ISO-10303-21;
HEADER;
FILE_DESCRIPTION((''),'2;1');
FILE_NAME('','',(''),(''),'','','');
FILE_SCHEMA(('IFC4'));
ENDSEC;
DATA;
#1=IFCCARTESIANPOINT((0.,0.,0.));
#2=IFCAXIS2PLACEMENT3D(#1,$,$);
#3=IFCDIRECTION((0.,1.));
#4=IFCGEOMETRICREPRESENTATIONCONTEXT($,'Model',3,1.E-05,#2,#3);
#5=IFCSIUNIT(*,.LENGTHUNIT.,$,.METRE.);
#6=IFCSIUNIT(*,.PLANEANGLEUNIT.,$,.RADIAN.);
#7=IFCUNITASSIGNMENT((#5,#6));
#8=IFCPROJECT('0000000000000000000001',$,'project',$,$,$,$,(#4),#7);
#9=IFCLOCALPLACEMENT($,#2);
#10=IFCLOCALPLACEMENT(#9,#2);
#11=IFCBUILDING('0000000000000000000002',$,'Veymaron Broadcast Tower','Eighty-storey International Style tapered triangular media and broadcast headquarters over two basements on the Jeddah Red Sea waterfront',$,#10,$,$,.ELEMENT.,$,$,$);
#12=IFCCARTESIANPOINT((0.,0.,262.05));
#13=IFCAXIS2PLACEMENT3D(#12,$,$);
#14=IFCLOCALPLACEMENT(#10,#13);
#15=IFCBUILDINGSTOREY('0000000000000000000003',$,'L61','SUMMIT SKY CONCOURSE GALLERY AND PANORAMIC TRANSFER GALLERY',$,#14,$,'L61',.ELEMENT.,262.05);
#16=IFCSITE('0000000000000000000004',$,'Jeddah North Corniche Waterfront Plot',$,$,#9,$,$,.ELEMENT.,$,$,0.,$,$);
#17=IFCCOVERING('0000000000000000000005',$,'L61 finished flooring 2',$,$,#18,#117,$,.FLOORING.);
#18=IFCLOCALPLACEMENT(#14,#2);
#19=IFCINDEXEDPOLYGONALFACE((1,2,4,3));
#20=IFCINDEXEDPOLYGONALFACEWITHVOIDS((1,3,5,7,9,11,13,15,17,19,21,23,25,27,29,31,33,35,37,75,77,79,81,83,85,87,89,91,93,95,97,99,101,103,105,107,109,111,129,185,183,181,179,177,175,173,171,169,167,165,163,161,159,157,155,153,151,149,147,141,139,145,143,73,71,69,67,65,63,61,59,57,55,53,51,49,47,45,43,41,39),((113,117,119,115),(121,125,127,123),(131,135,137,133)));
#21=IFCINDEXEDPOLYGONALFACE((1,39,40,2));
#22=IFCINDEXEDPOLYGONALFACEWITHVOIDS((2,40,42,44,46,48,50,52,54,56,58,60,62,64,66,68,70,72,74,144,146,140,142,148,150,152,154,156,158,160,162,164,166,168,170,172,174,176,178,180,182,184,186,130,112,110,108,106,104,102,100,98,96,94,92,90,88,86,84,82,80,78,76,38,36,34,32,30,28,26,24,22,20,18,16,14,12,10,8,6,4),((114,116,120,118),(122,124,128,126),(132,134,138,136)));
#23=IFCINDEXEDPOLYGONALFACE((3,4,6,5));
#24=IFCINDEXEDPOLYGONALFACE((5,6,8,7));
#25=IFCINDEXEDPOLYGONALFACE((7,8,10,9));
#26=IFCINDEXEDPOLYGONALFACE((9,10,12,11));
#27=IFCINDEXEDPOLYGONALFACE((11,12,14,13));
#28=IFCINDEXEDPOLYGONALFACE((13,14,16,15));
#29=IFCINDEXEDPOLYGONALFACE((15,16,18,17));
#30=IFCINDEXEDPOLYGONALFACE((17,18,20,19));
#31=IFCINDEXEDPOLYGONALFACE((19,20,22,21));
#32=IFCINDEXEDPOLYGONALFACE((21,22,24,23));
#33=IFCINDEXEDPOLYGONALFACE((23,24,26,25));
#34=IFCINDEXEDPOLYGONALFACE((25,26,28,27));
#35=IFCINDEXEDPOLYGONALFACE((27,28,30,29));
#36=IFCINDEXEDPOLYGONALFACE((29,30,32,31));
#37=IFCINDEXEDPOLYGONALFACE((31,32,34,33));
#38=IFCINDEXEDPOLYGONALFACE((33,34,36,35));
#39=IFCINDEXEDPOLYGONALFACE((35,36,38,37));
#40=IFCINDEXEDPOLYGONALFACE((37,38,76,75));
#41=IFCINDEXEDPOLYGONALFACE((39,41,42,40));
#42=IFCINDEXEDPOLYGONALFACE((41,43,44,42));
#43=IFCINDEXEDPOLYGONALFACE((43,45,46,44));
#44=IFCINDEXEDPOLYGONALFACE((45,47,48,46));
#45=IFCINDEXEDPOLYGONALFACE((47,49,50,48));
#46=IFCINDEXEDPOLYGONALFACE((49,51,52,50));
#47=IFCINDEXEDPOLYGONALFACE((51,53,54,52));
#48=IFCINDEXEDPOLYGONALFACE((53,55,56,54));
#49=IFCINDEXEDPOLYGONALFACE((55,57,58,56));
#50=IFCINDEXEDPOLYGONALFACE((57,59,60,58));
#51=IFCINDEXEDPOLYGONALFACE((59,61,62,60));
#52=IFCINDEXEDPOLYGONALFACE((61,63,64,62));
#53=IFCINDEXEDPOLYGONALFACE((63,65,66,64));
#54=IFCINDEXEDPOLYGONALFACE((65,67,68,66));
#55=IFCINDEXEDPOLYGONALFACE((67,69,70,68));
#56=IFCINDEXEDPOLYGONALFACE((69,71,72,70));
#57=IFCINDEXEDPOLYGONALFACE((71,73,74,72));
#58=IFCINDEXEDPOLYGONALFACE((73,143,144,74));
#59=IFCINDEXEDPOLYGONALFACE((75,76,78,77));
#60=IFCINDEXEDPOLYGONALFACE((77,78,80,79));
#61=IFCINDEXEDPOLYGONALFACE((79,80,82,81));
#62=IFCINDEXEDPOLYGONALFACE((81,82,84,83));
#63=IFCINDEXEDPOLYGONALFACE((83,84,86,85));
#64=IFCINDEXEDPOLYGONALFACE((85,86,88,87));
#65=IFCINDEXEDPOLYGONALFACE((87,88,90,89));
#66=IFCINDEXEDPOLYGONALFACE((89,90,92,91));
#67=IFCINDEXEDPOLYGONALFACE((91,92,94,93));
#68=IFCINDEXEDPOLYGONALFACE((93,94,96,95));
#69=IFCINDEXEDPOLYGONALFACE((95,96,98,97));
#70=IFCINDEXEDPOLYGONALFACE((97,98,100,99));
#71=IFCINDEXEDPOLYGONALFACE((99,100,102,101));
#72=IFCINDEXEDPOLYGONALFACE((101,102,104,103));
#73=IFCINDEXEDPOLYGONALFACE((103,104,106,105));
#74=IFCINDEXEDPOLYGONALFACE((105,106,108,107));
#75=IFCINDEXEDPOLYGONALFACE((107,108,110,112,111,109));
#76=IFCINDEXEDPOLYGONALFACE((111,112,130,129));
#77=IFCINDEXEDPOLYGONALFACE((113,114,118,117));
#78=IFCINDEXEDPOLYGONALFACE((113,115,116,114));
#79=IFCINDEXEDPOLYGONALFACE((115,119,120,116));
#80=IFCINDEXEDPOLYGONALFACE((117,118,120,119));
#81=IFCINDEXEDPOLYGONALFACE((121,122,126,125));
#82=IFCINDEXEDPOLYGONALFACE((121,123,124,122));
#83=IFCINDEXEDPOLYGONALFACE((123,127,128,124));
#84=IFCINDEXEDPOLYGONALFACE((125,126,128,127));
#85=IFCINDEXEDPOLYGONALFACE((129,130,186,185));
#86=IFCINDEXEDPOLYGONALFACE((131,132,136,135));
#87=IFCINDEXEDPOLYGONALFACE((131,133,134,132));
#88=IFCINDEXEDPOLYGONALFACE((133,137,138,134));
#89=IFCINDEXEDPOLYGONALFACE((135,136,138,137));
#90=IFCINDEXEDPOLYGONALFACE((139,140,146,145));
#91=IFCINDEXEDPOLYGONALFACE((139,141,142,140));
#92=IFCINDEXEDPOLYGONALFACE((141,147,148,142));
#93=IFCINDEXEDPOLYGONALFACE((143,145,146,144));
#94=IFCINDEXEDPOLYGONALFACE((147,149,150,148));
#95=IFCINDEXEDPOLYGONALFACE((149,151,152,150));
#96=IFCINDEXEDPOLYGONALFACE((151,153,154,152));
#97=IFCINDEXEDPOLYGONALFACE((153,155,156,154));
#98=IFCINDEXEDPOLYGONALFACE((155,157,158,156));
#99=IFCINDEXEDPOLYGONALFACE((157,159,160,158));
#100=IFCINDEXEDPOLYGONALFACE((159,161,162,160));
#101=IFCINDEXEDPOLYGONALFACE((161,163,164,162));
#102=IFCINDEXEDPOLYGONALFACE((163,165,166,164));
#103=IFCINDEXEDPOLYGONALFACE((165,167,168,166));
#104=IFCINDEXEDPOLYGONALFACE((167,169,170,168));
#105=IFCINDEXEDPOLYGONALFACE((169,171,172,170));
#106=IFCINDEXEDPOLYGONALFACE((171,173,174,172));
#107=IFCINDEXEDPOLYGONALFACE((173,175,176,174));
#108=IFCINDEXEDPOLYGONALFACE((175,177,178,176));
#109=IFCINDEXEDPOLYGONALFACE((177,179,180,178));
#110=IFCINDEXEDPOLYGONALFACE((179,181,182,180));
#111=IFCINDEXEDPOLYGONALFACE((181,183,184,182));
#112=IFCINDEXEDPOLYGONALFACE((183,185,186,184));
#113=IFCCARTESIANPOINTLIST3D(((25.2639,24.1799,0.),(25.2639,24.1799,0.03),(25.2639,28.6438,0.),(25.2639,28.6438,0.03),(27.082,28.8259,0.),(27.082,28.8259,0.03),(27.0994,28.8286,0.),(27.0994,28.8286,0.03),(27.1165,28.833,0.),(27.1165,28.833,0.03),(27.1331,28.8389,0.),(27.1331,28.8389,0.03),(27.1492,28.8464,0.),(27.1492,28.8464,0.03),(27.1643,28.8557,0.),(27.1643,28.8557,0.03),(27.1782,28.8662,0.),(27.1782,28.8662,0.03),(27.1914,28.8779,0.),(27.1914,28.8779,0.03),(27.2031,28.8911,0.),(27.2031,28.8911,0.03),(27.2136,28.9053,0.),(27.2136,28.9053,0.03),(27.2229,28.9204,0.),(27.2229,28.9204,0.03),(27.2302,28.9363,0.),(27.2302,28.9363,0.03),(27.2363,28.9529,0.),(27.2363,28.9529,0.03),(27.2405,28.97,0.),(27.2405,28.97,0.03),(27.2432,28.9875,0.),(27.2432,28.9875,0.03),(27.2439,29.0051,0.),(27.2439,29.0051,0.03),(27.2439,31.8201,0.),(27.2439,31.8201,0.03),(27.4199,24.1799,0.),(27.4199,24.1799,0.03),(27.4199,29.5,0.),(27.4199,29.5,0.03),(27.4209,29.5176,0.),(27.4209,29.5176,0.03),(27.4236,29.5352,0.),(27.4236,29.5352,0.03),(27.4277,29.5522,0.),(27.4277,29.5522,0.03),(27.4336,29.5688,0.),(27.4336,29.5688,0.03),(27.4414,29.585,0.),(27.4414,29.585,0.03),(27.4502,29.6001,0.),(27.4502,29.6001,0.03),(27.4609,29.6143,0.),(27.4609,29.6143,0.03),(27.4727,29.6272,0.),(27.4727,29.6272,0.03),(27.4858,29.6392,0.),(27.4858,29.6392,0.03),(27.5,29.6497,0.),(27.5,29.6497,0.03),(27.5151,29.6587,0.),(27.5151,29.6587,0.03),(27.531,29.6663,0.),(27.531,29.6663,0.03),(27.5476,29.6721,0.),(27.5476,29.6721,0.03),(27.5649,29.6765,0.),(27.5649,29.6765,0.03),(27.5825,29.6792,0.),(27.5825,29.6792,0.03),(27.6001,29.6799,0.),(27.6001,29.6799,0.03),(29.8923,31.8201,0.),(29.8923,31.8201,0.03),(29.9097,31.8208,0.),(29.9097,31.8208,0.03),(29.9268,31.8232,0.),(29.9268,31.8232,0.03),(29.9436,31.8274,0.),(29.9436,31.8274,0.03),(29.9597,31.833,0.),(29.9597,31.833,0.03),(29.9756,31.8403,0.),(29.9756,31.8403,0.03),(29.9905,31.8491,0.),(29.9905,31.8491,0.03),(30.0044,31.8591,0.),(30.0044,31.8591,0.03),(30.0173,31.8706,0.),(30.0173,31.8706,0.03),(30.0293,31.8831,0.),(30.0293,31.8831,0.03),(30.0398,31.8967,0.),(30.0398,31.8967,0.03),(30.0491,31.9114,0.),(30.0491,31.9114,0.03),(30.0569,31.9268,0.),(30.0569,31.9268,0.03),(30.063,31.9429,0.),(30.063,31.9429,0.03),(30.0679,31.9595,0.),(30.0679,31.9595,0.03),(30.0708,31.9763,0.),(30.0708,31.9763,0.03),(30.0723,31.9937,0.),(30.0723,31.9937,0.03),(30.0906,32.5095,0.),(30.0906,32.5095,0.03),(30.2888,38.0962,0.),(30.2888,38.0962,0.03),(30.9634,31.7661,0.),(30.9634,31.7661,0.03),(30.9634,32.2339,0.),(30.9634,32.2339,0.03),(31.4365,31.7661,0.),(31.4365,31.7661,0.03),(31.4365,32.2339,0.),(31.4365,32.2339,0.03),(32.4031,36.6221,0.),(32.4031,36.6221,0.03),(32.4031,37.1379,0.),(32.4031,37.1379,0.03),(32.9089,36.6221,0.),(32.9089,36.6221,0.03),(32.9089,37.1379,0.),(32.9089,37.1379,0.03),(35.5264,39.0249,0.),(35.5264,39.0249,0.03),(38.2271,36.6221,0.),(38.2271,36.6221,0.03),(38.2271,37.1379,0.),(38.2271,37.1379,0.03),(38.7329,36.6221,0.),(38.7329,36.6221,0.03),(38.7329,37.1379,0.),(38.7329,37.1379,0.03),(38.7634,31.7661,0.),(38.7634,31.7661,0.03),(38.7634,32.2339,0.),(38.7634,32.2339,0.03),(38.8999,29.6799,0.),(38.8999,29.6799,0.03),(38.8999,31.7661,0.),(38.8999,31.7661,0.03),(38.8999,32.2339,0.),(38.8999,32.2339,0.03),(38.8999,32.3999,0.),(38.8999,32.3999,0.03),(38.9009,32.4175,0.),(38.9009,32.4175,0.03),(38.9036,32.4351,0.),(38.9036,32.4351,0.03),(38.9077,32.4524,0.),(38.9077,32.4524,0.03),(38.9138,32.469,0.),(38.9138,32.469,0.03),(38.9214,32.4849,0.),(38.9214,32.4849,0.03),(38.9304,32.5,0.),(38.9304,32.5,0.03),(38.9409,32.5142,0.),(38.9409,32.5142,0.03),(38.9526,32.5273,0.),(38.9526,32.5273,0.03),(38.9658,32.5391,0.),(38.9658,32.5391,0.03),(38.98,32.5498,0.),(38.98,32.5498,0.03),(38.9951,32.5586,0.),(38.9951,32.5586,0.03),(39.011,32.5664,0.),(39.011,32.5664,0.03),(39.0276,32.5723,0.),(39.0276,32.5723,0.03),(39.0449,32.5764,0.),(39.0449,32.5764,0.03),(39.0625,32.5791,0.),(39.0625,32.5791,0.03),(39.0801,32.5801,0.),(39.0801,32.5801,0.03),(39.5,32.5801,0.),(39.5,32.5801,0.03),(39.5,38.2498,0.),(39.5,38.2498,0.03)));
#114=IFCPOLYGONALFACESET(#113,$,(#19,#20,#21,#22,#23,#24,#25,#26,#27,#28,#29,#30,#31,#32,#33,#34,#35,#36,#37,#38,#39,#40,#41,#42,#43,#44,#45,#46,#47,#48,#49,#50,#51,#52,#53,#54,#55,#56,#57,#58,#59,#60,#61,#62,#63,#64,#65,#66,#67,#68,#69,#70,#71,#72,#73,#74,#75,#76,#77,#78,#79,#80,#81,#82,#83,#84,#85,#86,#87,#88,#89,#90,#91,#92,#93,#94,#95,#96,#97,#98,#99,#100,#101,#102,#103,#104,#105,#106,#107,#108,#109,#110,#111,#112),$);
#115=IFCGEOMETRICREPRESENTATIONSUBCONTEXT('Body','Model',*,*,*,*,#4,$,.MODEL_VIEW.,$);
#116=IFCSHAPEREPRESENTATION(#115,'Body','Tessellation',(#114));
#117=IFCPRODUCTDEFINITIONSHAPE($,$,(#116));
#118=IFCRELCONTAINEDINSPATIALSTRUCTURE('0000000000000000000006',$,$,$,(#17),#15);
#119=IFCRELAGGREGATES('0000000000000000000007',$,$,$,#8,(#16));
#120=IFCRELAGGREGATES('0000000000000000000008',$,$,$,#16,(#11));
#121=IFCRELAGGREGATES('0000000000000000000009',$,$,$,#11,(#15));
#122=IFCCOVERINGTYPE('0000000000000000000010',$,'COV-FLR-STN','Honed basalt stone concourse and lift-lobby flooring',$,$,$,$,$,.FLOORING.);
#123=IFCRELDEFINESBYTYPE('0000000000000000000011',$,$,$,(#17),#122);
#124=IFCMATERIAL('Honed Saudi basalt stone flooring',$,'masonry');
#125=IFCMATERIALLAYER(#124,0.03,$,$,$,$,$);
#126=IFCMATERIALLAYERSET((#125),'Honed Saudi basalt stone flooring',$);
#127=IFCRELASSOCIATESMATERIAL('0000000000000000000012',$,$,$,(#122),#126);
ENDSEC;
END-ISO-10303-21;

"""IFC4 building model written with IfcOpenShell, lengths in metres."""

from ifc_helpers import new_model, si_unit, direction, frame, origin, place, context, subcontext, project, spatial, polyline, outline, extrude, material, layer, layer_set, type_object, element, save


model = new_model("IFC4")

# Units and contexts
model_context = context("Model", 3, precision=1e-05, world=origin(), true_north=direction((0.0, 1.0)))
body_context = subcontext(model_context, "Body", "Model", "MODEL_VIEW")
ifc_project = project(units=[si_unit("LENGTHUNIT", "METRE"), si_unit("PLANEANGLEUNIT", "RADIAN")], contexts=[model_context])

# Site, building, storey
site_placement = place(None, origin())
site = spatial("IfcSite", under=ifc_project, at=site_placement, Name="Jeddah North Corniche Waterfront Plot", CompositionType="ELEMENT", RefElevation=0.0)
building_placement = place(site_placement, origin())
building = spatial("IfcBuilding", under=site, at=building_placement, Name="Veymaron Broadcast Tower", Description="Eighty-storey International Style tapered triangular media and broadcast headquarters over two basements on the Jeddah Red Sea waterfront", CompositionType="ELEMENT")
storey_placement = place(building_placement, frame((0.0, 0.0, 262.05)))
storey = spatial("IfcBuildingStorey", under=building, at=storey_placement, Name="L61", Description="SUMMIT SKY CONCOURSE GALLERY AND PANORAMIC TRANSFER GALLERY", LongName="L61", CompositionType="ELEMENT", Elevation=262.05)

# Covering
ifc_material_1 = material(Name="Honed Saudi basalt stone flooring", Category="masonry")
ifc_layer_1 = layer(ifc_material_1, 0.03)
ifc_layer_set_1 = layer_set([ifc_layer_1], Name="Honed Saudi basalt stone flooring")
covering_type_1 = type_object("IfcCoveringType", Name="COV-FLR-STN", Description="Honed basalt stone concourse and lift-lobby flooring", PredefinedType="FLOORING", material=ifc_layer_set_1)
covering_1_placement = place(storey_placement, origin())
element("IfcCovering", 1, at=covering_1_placement, inside=storey, type_object=covering_type_1, Name="L61 finished flooring 2", PredefinedType="FLOORING", context=body_context, shape_type="SweptSolid", body=[
    extrude(outline(polyline([(27.2432, 28.9875), (27.2439, 29.0051), (27.2439, 31.8201), (29.8923, 31.8201), (29.9097, 31.8208), (29.9268, 31.8232), (29.9436, 31.8274), (29.9597, 31.833), (29.9756, 31.8403), (29.9905, 31.8491), (30.0044, 31.8591), (30.0173, 31.8706), (30.0293, 31.8831), (30.0398, 31.8967), (30.0491, 31.9114), (30.0569, 31.9268), (30.063, 31.9429), (30.0679, 31.9595), (30.0708, 31.9763), (30.0723, 31.9937), (30.0906, 32.5095), (30.2888, 38.0962), (35.5264, 39.0249), (39.5, 38.2498), (39.5, 32.5801), (39.0801, 32.5801), (39.0625, 32.5791), (39.0449, 32.5764), (39.0276, 32.5723), (39.011, 32.5664), (38.9951, 32.5586), (38.98, 32.5498), (38.9658, 32.5391), (38.9526, 32.5273), (38.9409, 32.5142), (38.9304, 32.5), (38.9214, 32.4849), (38.9138, 32.469), (38.9077, 32.4524), (38.9036, 32.4351), (38.9009, 32.4175), (38.8999, 32.3999), (38.8999, 32.2339), (38.7634, 32.2339), (38.7634, 31.7661), (38.8999, 31.7661), (38.8999, 29.6799), (27.6001, 29.6799), (27.5825, 29.6792), (27.5649, 29.6765), (27.5476, 29.6721), (27.531, 29.6663), (27.5151, 29.6587), (27.5, 29.6497), (27.4858, 29.6392), (27.4727, 29.6272), (27.4609, 29.6143), (27.4502, 29.6001), (27.4414, 29.585), (27.4336, 29.5688), (27.4277, 29.5522), (27.4236, 29.5352), (27.4209, 29.5176), (27.4199, 29.5), (27.4199, 24.1799), (25.2639, 24.1799), (25.2639, 28.6438), (27.082, 28.8259), (27.0994, 28.8286), (27.1165, 28.833), (27.1331, 28.8389), (27.1492, 28.8464), (27.1643, 28.8557), (27.1782, 28.8662), (27.1914, 28.8779), (27.2031, 28.8911), (27.2136, 28.9053), (27.2229, 28.9204), (27.2302, 28.9363), (27.2363, 28.9529), (27.2405, 28.97), (27.2432, 28.9875)]), holes=[polyline([(38.2271, 36.6221), (38.7329, 36.6221), (38.7329, 37.1379), (38.2271, 37.1379), (38.2271, 36.6221)]), polyline([(32.9089, 36.6221), (32.9089, 37.1379), (32.4031, 37.1379), (32.4031, 36.6221), (32.9089, 36.6221)]), polyline([(31.4365, 31.7661), (31.4365, 32.2339), (30.9634, 32.2339), (30.9634, 31.7661), (31.4365, 31.7661)])]), origin(), (0.0, 0.0, 1.0), 0.03),
])

save(model, "model.ifc")
